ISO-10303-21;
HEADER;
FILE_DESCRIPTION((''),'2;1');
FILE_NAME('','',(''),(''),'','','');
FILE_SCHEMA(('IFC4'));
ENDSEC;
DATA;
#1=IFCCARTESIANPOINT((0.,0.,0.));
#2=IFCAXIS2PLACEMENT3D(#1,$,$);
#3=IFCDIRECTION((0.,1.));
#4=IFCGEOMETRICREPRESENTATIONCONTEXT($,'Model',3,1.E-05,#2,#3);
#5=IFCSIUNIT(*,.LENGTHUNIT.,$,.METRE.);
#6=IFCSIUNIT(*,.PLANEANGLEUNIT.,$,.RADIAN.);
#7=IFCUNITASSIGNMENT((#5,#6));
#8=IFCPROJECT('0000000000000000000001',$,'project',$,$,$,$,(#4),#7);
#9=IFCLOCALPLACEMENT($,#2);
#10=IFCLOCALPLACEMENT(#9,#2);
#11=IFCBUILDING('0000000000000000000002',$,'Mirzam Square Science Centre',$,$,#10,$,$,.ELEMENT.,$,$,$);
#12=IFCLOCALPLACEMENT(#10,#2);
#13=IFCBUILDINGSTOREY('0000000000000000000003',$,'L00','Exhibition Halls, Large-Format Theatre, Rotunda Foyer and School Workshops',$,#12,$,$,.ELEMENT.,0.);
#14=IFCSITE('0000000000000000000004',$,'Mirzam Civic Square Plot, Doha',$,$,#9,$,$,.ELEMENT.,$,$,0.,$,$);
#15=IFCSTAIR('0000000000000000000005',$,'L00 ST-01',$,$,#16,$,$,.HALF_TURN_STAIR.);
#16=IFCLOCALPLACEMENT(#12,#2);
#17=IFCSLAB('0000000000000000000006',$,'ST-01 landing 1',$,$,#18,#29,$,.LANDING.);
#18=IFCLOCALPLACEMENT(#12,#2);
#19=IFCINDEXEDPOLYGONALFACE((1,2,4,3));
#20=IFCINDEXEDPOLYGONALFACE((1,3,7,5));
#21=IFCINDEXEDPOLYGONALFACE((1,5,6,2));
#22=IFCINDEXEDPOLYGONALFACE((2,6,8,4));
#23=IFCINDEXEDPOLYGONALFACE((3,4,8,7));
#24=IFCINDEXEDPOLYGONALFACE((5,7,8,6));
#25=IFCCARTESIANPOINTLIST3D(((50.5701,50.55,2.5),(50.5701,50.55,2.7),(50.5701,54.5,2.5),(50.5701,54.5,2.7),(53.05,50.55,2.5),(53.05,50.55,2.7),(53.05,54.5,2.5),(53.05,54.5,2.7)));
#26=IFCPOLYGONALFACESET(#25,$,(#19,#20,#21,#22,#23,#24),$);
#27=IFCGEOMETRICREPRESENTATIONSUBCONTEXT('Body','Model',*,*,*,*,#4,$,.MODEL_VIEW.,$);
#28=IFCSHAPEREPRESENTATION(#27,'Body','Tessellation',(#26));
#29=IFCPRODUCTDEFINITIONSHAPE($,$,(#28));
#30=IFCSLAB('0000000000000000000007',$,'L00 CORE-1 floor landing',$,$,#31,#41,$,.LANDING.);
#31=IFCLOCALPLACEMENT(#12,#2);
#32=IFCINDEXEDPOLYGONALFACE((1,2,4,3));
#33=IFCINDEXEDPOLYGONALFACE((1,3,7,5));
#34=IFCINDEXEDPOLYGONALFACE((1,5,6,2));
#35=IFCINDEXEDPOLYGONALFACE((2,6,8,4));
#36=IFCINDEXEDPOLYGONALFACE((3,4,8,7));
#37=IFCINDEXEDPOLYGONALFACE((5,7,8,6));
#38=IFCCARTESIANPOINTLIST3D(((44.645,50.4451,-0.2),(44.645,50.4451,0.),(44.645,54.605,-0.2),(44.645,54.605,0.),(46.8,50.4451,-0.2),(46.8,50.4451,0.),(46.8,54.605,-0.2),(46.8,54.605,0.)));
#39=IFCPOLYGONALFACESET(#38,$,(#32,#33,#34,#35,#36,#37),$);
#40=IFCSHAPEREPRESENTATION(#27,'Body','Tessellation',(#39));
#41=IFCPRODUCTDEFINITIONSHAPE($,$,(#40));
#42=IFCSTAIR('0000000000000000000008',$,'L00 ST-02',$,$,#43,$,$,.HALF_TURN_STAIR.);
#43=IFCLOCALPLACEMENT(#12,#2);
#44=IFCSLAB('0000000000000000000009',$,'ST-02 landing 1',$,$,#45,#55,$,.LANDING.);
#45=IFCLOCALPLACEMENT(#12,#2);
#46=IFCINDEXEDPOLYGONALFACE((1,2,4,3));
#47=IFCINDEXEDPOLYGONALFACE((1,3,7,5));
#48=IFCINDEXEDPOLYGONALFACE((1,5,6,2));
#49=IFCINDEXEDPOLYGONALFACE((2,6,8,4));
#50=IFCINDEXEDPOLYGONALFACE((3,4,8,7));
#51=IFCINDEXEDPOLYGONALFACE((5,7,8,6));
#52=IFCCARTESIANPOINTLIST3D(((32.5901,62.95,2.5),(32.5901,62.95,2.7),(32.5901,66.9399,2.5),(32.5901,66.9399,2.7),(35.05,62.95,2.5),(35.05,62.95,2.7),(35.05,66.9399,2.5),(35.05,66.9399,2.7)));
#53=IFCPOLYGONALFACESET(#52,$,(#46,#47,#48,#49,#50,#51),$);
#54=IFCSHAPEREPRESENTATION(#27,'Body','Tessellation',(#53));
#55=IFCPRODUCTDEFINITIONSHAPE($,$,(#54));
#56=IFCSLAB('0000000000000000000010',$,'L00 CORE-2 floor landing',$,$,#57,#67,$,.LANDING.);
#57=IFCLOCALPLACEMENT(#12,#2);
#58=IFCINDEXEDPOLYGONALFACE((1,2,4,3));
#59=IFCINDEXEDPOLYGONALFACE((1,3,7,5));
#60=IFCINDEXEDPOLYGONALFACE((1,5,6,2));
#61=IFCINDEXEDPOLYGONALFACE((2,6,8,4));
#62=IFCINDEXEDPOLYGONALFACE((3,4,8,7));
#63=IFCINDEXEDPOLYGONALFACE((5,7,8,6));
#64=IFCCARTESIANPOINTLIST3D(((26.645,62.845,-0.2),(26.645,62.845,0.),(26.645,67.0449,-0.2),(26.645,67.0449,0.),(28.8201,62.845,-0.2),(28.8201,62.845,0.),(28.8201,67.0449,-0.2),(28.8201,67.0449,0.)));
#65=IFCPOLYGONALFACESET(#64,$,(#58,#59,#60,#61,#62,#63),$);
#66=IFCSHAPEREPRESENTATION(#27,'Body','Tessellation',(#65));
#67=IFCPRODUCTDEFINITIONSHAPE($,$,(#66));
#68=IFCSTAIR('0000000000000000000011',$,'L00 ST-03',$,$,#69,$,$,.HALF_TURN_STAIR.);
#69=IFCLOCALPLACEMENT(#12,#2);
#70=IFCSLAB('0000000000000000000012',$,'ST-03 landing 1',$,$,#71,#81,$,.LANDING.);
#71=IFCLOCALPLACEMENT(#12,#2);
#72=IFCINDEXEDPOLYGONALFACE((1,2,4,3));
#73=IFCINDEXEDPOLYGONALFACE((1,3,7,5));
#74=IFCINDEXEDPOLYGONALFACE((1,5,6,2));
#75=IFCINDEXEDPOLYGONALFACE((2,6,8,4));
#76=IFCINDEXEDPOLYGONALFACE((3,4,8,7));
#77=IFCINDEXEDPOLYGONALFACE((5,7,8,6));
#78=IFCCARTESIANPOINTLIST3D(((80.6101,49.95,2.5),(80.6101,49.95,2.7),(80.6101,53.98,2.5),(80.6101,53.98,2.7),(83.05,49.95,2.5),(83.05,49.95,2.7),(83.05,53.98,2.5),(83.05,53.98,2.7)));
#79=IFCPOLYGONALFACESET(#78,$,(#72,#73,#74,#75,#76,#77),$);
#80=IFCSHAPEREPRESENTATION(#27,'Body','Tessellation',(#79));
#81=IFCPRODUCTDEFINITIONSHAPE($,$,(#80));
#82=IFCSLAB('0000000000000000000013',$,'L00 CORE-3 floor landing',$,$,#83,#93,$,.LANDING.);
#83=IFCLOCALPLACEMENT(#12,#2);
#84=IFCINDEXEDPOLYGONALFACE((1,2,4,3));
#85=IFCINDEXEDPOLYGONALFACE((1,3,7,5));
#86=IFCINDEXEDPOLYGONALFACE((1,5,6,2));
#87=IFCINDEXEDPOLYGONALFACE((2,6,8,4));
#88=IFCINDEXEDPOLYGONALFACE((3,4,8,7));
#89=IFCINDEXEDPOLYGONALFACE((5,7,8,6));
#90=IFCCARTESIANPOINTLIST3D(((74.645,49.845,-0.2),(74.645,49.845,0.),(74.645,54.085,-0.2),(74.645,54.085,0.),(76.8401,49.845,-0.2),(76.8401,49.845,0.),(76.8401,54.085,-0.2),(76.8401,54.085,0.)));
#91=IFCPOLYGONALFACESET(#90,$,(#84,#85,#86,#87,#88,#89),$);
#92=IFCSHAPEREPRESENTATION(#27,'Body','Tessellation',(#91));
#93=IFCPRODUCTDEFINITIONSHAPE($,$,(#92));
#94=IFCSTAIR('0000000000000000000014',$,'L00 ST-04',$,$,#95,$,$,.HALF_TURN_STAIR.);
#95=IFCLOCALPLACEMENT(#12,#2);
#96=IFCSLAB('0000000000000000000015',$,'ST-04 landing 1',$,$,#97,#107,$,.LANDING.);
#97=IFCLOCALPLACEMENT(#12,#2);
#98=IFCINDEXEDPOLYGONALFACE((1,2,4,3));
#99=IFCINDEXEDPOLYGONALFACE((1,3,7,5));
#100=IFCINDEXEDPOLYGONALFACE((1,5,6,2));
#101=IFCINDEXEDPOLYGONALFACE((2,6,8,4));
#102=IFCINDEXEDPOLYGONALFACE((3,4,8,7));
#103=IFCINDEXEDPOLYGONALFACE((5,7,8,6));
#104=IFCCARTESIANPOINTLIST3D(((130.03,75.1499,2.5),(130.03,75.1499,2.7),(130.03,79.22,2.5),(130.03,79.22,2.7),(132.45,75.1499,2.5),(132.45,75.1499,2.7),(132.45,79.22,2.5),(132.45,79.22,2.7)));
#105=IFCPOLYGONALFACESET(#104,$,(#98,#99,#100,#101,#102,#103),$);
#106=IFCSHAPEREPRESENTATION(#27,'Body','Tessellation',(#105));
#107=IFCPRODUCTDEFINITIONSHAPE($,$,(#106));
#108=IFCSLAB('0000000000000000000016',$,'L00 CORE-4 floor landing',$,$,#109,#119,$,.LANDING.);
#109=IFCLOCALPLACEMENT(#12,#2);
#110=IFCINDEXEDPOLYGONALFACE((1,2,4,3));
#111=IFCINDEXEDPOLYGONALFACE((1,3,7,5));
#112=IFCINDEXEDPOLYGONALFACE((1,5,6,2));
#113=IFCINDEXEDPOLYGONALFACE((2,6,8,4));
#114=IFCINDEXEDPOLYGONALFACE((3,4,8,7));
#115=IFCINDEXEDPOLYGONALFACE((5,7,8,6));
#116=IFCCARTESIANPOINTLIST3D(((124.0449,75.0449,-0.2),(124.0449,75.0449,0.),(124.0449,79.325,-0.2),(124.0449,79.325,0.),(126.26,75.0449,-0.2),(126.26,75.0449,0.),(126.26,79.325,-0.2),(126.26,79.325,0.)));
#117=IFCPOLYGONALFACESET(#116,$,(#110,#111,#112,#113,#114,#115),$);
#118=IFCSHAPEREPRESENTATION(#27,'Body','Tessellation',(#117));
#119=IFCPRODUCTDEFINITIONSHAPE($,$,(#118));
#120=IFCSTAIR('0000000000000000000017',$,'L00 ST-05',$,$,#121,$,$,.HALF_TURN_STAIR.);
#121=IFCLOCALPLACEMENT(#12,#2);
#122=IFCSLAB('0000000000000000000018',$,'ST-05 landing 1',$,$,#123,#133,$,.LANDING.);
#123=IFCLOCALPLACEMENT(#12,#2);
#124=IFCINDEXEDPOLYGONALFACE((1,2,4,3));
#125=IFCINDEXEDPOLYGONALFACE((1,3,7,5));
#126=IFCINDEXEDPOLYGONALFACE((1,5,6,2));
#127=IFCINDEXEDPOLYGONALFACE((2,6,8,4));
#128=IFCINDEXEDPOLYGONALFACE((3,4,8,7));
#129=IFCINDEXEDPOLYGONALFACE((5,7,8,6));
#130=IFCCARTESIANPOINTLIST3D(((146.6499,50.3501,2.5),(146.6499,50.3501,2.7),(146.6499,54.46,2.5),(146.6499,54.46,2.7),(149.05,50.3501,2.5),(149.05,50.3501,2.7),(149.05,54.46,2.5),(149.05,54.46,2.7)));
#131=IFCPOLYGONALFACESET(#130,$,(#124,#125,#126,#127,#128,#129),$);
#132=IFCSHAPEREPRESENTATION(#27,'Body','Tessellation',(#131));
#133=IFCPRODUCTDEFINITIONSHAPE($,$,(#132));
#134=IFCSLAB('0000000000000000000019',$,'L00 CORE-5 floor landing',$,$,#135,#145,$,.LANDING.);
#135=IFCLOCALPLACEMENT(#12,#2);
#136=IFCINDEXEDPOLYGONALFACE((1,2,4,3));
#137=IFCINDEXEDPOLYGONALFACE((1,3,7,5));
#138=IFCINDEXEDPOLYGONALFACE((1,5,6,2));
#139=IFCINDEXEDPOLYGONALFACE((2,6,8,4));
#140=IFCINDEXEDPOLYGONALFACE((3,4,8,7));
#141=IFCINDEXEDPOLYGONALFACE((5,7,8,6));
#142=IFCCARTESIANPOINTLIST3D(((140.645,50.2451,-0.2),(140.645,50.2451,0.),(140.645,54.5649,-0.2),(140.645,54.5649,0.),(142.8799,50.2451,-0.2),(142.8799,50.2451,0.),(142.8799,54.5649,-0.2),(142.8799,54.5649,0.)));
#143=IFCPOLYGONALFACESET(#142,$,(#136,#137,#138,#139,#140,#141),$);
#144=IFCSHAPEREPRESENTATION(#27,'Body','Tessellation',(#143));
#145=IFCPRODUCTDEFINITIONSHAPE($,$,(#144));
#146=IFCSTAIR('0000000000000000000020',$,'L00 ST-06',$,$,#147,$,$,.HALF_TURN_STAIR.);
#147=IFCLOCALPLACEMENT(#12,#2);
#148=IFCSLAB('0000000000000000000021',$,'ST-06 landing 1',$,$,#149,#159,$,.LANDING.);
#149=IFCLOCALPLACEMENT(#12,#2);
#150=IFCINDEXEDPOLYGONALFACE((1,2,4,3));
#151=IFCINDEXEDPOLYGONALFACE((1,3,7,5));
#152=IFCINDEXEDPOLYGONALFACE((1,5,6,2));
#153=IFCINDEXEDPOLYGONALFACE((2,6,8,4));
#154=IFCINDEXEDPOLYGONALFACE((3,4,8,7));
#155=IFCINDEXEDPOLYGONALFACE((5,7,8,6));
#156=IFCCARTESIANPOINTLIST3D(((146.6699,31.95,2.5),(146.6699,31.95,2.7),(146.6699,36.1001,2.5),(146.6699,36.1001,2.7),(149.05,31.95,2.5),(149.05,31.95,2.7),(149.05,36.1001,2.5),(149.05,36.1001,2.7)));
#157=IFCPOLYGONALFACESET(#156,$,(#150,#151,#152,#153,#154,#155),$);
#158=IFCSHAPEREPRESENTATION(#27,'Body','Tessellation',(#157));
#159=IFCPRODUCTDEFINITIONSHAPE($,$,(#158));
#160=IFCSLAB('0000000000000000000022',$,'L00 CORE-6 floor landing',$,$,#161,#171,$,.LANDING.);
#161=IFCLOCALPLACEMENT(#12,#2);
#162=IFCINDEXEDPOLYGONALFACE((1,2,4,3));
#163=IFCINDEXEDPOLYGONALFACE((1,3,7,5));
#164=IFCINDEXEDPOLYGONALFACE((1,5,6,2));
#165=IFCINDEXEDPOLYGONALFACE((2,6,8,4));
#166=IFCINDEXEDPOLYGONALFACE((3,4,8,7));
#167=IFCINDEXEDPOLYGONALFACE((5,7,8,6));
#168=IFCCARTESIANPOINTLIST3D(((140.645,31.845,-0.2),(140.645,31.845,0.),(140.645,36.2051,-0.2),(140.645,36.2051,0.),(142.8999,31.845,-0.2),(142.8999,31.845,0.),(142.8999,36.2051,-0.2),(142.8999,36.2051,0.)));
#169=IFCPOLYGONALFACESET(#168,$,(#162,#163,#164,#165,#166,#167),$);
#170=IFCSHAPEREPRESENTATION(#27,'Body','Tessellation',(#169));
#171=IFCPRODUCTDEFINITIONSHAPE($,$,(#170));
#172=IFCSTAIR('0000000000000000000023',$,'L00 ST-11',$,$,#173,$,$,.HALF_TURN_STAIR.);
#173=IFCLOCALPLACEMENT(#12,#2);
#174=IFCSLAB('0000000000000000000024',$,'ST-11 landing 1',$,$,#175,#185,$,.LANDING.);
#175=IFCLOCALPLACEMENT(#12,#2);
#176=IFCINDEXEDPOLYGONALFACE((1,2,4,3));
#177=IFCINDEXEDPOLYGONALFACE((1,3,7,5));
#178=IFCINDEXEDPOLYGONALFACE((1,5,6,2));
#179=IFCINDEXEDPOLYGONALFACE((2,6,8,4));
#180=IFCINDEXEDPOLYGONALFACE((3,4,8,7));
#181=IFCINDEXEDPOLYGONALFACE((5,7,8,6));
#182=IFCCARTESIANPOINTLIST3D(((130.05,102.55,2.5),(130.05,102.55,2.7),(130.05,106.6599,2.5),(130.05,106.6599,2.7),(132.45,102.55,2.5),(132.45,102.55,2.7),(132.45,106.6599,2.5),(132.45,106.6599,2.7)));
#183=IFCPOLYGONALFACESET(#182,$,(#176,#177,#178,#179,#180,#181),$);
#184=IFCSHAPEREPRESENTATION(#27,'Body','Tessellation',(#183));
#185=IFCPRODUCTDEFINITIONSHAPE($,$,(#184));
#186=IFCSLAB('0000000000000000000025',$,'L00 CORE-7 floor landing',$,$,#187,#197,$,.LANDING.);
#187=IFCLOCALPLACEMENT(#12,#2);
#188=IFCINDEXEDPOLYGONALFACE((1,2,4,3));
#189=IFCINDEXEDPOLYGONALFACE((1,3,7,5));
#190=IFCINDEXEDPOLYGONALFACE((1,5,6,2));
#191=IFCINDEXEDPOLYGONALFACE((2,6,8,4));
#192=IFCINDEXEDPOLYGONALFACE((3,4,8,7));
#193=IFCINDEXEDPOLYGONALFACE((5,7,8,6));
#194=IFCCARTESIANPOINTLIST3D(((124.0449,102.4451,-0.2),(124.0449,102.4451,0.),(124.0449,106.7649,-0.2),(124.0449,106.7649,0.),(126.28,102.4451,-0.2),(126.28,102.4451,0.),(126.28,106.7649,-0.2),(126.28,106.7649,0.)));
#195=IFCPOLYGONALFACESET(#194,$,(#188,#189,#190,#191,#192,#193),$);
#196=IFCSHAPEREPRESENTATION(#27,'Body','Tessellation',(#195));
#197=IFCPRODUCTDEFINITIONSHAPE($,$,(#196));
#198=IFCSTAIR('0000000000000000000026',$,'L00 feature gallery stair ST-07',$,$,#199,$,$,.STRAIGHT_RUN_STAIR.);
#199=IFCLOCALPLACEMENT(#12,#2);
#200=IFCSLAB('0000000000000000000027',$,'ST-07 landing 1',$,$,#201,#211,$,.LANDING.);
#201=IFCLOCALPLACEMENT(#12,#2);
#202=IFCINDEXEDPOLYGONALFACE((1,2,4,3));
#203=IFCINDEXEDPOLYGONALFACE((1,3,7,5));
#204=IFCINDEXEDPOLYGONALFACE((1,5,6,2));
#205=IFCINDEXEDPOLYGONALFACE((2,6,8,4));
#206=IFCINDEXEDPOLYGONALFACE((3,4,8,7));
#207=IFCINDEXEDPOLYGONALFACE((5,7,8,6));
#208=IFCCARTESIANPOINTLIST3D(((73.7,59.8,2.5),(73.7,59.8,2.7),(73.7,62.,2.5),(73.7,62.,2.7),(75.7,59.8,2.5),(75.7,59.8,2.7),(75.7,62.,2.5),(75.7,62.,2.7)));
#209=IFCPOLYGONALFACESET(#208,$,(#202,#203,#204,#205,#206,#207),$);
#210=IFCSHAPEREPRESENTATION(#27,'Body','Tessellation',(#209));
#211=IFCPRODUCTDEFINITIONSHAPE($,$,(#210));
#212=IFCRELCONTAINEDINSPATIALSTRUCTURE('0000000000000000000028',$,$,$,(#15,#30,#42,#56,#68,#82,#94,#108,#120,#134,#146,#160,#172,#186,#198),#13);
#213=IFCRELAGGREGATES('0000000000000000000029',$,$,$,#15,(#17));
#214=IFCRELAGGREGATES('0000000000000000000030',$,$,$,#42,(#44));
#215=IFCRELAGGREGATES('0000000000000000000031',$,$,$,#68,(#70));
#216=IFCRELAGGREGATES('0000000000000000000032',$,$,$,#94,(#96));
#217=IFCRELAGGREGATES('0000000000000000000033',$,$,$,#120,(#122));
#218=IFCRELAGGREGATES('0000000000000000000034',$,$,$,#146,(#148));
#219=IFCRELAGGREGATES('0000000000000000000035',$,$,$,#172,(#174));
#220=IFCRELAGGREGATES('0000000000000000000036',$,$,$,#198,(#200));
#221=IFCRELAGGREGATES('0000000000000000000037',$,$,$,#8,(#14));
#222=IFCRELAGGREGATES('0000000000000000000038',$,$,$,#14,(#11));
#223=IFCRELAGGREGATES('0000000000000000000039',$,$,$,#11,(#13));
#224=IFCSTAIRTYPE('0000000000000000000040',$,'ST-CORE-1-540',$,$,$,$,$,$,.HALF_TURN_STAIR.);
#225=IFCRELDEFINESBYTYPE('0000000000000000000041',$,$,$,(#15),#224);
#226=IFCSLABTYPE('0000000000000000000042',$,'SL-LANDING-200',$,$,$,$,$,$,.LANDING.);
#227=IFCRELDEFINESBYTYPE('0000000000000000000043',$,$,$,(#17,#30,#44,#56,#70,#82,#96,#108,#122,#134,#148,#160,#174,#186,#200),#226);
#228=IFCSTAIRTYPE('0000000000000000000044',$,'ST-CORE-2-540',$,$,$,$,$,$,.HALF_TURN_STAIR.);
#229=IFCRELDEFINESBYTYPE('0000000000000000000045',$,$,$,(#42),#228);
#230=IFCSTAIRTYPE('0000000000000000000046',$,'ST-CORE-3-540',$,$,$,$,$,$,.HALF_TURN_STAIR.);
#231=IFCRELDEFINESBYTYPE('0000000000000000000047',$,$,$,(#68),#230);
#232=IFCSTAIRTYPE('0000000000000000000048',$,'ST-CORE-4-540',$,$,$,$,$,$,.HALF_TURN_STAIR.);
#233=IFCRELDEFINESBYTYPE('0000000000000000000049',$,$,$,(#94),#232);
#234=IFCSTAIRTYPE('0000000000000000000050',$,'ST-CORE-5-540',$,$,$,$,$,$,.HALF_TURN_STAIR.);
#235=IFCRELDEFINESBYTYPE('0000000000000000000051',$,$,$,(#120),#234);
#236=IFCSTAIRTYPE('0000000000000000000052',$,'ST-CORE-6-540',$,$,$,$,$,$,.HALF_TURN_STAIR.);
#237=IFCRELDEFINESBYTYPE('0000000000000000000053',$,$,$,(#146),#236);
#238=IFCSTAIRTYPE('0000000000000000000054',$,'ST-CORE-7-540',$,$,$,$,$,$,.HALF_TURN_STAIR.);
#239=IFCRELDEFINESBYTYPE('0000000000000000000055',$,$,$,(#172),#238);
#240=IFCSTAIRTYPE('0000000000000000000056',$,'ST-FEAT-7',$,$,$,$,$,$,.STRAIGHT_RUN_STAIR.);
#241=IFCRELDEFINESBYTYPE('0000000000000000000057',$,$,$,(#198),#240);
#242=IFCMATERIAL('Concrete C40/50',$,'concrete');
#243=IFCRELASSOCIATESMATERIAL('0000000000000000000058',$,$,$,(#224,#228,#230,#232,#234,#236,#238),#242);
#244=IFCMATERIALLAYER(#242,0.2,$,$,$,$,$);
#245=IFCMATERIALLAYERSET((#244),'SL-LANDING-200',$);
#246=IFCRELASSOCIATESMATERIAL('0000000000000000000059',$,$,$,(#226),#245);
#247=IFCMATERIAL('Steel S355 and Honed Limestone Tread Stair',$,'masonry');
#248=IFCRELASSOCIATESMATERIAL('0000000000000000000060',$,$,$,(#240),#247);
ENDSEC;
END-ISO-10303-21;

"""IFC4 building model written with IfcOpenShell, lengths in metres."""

from ifc_helpers import new_model, si_unit, direction, frame, origin, place, context, subcontext, project, spatial, polyline, outline, extrude, material, layer, layer_set, type_object, element, aggregate, save


model = new_model("IFC4")

# Units and contexts
model_context = context("Model", 3, precision=1e-05, world=origin(), true_north=direction((0.0, 1.0)))
body_context = subcontext(model_context, "Body", "Model", "MODEL_VIEW")
ifc_project = project(units=[si_unit("LENGTHUNIT", "METRE"), si_unit("PLANEANGLEUNIT", "RADIAN")], contexts=[model_context])

# Site, building, storey
site_placement = place(None, origin())
site = spatial("IfcSite", under=ifc_project, at=site_placement, Name="Mirzam Civic Square Plot, Doha", CompositionType="ELEMENT", RefElevation=0.0)
building_placement = place(site_placement, origin())
building = spatial("IfcBuilding", under=site, at=building_placement, Name="Mirzam Square Science Centre", CompositionType="ELEMENT")
storey_placement = place(building_placement, origin())
storey = spatial("IfcBuildingStorey", under=building, at=storey_placement, Name="L00", Description="Exhibition Halls, Large-Format Theatre, Rotunda Foyer and School Workshops", CompositionType="ELEMENT", Elevation=0.0)

# Stair, slab
ifc_material_1 = material(Name="Concrete C40/50", Category="concrete")
stair_type_1 = type_object("IfcStairType", Name="ST-CORE-1-540", PredefinedType="HALF_TURN_STAIR", material=ifc_material_1)
stair_1_placement = place(storey_placement, origin())
stair_1 = element("IfcStair", 1, at=stair_1_placement, inside=storey, type_object=stair_type_1, Name="L00 ST-01", PredefinedType="HALF_TURN_STAIR")
ifc_layer_1 = layer(ifc_material_1, 0.2)
ifc_layer_set_1 = layer_set([ifc_layer_1], Name="SL-LANDING-200")
slab_type_1 = type_object("IfcSlabType", Name="SL-LANDING-200", PredefinedType="LANDING", material=ifc_layer_set_1)
slab_1_placement = place(storey_placement, frame((0.0, 0.0, 2.5)))
slab_1 = element("IfcSlab", 2, at=slab_1_placement, type_object=slab_type_1, Name="ST-01 landing 1", PredefinedType="LANDING", context=body_context, shape_type="SweptSolid", body=[
    extrude(outline(polyline([(50.5701, 50.55), (53.05, 50.55), (53.05, 54.5), (50.5701, 54.5), (50.5701, 50.55)])), origin(), (0.0, 0.0, 1.0), 0.2),
])
aggregate(stair_1, [slab_1])

# Slab
slab_2_placement = place(storey_placement, frame((0.0, 0.0, -0.2)))
element("IfcSlab", 3, at=slab_2_placement, inside=storey, type_object=slab_type_1, Name="L00 CORE-1 floor landing", PredefinedType="LANDING", context=body_context, shape_type="SweptSolid", body=[
    extrude(outline(polyline([(46.8, 50.4451), (44.645, 50.4451), (44.645, 54.605), (46.8, 54.605), (46.8, 50.4451)])), origin(), (0.0, 0.0, 1.0), 0.2),
])

# Stair, slab
stair_type_2 = type_object("IfcStairType", Name="ST-CORE-2-540", PredefinedType="HALF_TURN_STAIR", material=ifc_material_1)
stair_2_placement = place(storey_placement, origin())
stair_2 = element("IfcStair", 4, at=stair_2_placement, inside=storey, type_object=stair_type_2, Name="L00 ST-02", PredefinedType="HALF_TURN_STAIR")
slab_3_placement = place(storey_placement, frame((0.0, 0.0, 2.5)))
slab_3 = element("IfcSlab", 5, at=slab_3_placement, type_object=slab_type_1, Name="ST-02 landing 1", PredefinedType="LANDING", context=body_context, shape_type="SweptSolid", body=[
    extrude(outline(polyline([(32.5901, 62.95), (35.05, 62.95), (35.05, 66.9399), (32.5901, 66.9399), (32.5901, 62.95)])), origin(), (0.0, 0.0, 1.0), 0.2),
])
aggregate(stair_2, [slab_3])

# Slab
slab_4_placement = place(storey_placement, frame((0.0, 0.0, -0.2)))
element("IfcSlab", 6, at=slab_4_placement, inside=storey, type_object=slab_type_1, Name="L00 CORE-2 floor landing", PredefinedType="LANDING", context=body_context, shape_type="SweptSolid", body=[
    extrude(outline(polyline([(28.8201, 62.845), (26.645, 62.845), (26.645, 67.0449), (28.8201, 67.0449), (28.8201, 62.845)])), origin(), (0.0, 0.0, 1.0), 0.2),
])

# Stair, slab
stair_type_3 = type_object("IfcStairType", Name="ST-CORE-3-540", PredefinedType="HALF_TURN_STAIR", material=ifc_material_1)
stair_3_placement = place(storey_placement, origin())
stair_3 = element("IfcStair", 7, at=stair_3_placement, inside=storey, type_object=stair_type_3, Name="L00 ST-03", PredefinedType="HALF_TURN_STAIR")
slab_5_placement = place(storey_placement, frame((0.0, 0.0, 2.5)))
slab_5 = element("IfcSlab", 8, at=slab_5_placement, type_object=slab_type_1, Name="ST-03 landing 1", PredefinedType="LANDING", context=body_context, shape_type="SweptSolid", body=[
    extrude(outline(polyline([(80.6101, 49.95), (83.05, 49.95), (83.05, 53.98), (80.6101, 53.98), (80.6101, 49.95)])), origin(), (0.0, 0.0, 1.0), 0.2),
])
aggregate(stair_3, [slab_5])

# Slab
slab_6_placement = place(storey_placement, frame((0.0, 0.0, -0.2)))
element("IfcSlab", 9, at=slab_6_placement, inside=storey, type_object=slab_type_1, Name="L00 CORE-3 floor landing", PredefinedType="LANDING", context=body_context, shape_type="SweptSolid", body=[
    extrude(outline(polyline([(76.8401, 49.845), (74.645, 49.845), (74.645, 54.085), (76.8401, 54.085), (76.8401, 49.845)])), origin(), (0.0, 0.0, 1.0), 0.2),
])

# Stair, slab
stair_type_4 = type_object("IfcStairType", Name="ST-CORE-4-540", PredefinedType="HALF_TURN_STAIR", material=ifc_material_1)
stair_4_placement = place(storey_placement, origin())
stair_4 = element("IfcStair", 10, at=stair_4_placement, inside=storey, type_object=stair_type_4, Name="L00 ST-04", PredefinedType="HALF_TURN_STAIR")
slab_7_placement = place(storey_placement, frame((0.0, 0.0, 2.5)))
slab_7 = element("IfcSlab", 11, at=slab_7_placement, type_object=slab_type_1, Name="ST-04 landing 1", PredefinedType="LANDING", context=body_context, shape_type="SweptSolid", body=[
    extrude(outline(polyline([(130.03, 75.1499), (132.45, 75.1499), (132.45, 79.22), (130.03, 79.22), (130.03, 75.1499)])), origin(), (0.0, 0.0, 1.0), 0.2),
])
aggregate(stair_4, [slab_7])

# Slab
slab_8_placement = place(storey_placement, frame((0.0, 0.0, -0.2)))
element("IfcSlab", 12, at=slab_8_placement, inside=storey, type_object=slab_type_1, Name="L00 CORE-4 floor landing", PredefinedType="LANDING", context=body_context, shape_type="SweptSolid", body=[
    extrude(outline(polyline([(126.26, 75.0449), (124.0449, 75.0449), (124.0449, 79.325), (126.26, 79.325), (126.26, 75.0449)])), origin(), (0.0, 0.0, 1.0), 0.2),
])

# Stair, slab
stair_type_5 = type_object("IfcStairType", Name="ST-CORE-5-540", PredefinedType="HALF_TURN_STAIR", material=ifc_material_1)
stair_5_placement = place(storey_placement, origin())
stair_5 = element("IfcStair", 13, at=stair_5_placement, inside=storey, type_object=stair_type_5, Name="L00 ST-05", PredefinedType="HALF_TURN_STAIR")
slab_9_placement = place(storey_placement, frame((0.0, 0.0, 2.5)))
slab_9 = element("IfcSlab", 14, at=slab_9_placement, type_object=slab_type_1, Name="ST-05 landing 1", PredefinedType="LANDING", context=body_context, shape_type="SweptSolid", body=[
    extrude(outline(polyline([(146.6499, 50.3501), (149.05, 50.3501), (149.05, 54.46), (146.6499, 54.46), (146.6499, 50.3501)])), origin(), (0.0, 0.0, 1.0), 0.2),
])
aggregate(stair_5, [slab_9])

# Slab
slab_10_placement = place(storey_placement, frame((0.0, 0.0, -0.2)))
element("IfcSlab", 15, at=slab_10_placement, inside=storey, type_object=slab_type_1, Name="L00 CORE-5 floor landing", PredefinedType="LANDING", context=body_context, shape_type="SweptSolid", body=[
    extrude(outline(polyline([(142.8799, 50.2451), (140.645, 50.2451), (140.645, 54.5649), (142.8799, 54.5649), (142.8799, 50.2451)])), origin(), (0.0, 0.0, 1.0), 0.2),
])

# Stair, slab
stair_type_6 = type_object("IfcStairType", Name="ST-CORE-6-540", PredefinedType="HALF_TURN_STAIR", material=ifc_material_1)
stair_6_placement = place(storey_placement, origin())
stair_6 = element("IfcStair", 16, at=stair_6_placement, inside=storey, type_object=stair_type_6, Name="L00 ST-06", PredefinedType="HALF_TURN_STAIR")
slab_11_placement = place(storey_placement, frame((0.0, 0.0, 2.5)))
slab_11 = element("IfcSlab", 17, at=slab_11_placement, type_object=slab_type_1, Name="ST-06 landing 1", PredefinedType="LANDING", context=body_context, shape_type="SweptSolid", body=[
    extrude(outline(polyline([(146.6699, 31.95), (149.05, 31.95), (149.05, 36.1001), (146.6699, 36.1001), (146.6699, 31.95)])), origin(), (0.0, 0.0, 1.0), 0.2),
])
aggregate(stair_6, [slab_11])

# Slab
slab_12_placement = place(storey_placement, frame((0.0, 0.0, -0.2)))
element("IfcSlab", 18, at=slab_12_placement, inside=storey, type_object=slab_type_1, Name="L00 CORE-6 floor landing", PredefinedType="LANDING", context=body_context, shape_type="SweptSolid", body=[
    extrude(outline(polyline([(142.8999, 31.845), (140.645, 31.845), (140.645, 36.2051), (142.8999, 36.2051), (142.8999, 31.845)])), origin(), (0.0, 0.0, 1.0), 0.2),
])

# Stair, slab
stair_type_7 = type_object("IfcStairType", Name="ST-CORE-7-540", PredefinedType="HALF_TURN_STAIR", material=ifc_material_1)
stair_7_placement = place(storey_placement, origin())
stair_7 = element("IfcStair", 19, at=stair_7_placement, inside=storey, type_object=stair_type_7, Name="L00 ST-11", PredefinedType="HALF_TURN_STAIR")
slab_13_placement = place(storey_placement, frame((0.0, 0.0, 2.5)))
slab_13 = element("IfcSlab", 20, at=slab_13_placement, type_object=slab_type_1, Name="ST-11 landing 1", PredefinedType="LANDING", context=body_context, shape_type="SweptSolid", body=[
    extrude(outline(polyline([(130.05, 102.55), (132.45, 102.55), (132.45, 106.6599), (130.05, 106.6599), (130.05, 102.55)])), origin(), (0.0, 0.0, 1.0), 0.2),
])
aggregate(stair_7, [slab_13])

# Slab
slab_14_placement = place(storey_placement, frame((0.0, 0.0, -0.2)))
element("IfcSlab", 21, at=slab_14_placement, inside=storey, type_object=slab_type_1, Name="L00 CORE-7 floor landing", PredefinedType="LANDING", context=body_context, shape_type="SweptSolid", body=[
    extrude(outline(polyline([(126.28, 102.4451), (124.0449, 102.4451), (124.0449, 106.7649), (126.28, 106.7649), (126.28, 102.4451)])), origin(), (0.0, 0.0, 1.0), 0.2),
])

# Stair, slab
ifc_material_2 = material(Name="Steel S355 and Honed Limestone Tread Stair", Category="masonry")
stair_type_8 = type_object("IfcStairType", Name="ST-FEAT-7", PredefinedType="STRAIGHT_RUN_STAIR", material=ifc_material_2)
stair_8_placement = place(storey_placement, origin())
stair_8 = element("IfcStair", 22, at=stair_8_placement, inside=storey, type_object=stair_type_8, Name="L00 feature gallery stair ST-07", PredefinedType="STRAIGHT_RUN_STAIR")
slab_15_placement = place(storey_placement, frame((0.0, 0.0, 2.5)))
slab_15 = element("IfcSlab", 23, at=slab_15_placement, type_object=slab_type_1, Name="ST-07 landing 1", PredefinedType="LANDING", context=body_context, shape_type="SweptSolid", body=[
    extrude(outline(polyline([(73.7, 59.8), (75.7, 59.8), (75.7, 62.0), (73.7, 62.0), (73.7, 59.8)])), origin(), (0.0, 0.0, 1.0), 0.2),
])
aggregate(stair_8, [slab_15])

save(model, "model.ifc")
